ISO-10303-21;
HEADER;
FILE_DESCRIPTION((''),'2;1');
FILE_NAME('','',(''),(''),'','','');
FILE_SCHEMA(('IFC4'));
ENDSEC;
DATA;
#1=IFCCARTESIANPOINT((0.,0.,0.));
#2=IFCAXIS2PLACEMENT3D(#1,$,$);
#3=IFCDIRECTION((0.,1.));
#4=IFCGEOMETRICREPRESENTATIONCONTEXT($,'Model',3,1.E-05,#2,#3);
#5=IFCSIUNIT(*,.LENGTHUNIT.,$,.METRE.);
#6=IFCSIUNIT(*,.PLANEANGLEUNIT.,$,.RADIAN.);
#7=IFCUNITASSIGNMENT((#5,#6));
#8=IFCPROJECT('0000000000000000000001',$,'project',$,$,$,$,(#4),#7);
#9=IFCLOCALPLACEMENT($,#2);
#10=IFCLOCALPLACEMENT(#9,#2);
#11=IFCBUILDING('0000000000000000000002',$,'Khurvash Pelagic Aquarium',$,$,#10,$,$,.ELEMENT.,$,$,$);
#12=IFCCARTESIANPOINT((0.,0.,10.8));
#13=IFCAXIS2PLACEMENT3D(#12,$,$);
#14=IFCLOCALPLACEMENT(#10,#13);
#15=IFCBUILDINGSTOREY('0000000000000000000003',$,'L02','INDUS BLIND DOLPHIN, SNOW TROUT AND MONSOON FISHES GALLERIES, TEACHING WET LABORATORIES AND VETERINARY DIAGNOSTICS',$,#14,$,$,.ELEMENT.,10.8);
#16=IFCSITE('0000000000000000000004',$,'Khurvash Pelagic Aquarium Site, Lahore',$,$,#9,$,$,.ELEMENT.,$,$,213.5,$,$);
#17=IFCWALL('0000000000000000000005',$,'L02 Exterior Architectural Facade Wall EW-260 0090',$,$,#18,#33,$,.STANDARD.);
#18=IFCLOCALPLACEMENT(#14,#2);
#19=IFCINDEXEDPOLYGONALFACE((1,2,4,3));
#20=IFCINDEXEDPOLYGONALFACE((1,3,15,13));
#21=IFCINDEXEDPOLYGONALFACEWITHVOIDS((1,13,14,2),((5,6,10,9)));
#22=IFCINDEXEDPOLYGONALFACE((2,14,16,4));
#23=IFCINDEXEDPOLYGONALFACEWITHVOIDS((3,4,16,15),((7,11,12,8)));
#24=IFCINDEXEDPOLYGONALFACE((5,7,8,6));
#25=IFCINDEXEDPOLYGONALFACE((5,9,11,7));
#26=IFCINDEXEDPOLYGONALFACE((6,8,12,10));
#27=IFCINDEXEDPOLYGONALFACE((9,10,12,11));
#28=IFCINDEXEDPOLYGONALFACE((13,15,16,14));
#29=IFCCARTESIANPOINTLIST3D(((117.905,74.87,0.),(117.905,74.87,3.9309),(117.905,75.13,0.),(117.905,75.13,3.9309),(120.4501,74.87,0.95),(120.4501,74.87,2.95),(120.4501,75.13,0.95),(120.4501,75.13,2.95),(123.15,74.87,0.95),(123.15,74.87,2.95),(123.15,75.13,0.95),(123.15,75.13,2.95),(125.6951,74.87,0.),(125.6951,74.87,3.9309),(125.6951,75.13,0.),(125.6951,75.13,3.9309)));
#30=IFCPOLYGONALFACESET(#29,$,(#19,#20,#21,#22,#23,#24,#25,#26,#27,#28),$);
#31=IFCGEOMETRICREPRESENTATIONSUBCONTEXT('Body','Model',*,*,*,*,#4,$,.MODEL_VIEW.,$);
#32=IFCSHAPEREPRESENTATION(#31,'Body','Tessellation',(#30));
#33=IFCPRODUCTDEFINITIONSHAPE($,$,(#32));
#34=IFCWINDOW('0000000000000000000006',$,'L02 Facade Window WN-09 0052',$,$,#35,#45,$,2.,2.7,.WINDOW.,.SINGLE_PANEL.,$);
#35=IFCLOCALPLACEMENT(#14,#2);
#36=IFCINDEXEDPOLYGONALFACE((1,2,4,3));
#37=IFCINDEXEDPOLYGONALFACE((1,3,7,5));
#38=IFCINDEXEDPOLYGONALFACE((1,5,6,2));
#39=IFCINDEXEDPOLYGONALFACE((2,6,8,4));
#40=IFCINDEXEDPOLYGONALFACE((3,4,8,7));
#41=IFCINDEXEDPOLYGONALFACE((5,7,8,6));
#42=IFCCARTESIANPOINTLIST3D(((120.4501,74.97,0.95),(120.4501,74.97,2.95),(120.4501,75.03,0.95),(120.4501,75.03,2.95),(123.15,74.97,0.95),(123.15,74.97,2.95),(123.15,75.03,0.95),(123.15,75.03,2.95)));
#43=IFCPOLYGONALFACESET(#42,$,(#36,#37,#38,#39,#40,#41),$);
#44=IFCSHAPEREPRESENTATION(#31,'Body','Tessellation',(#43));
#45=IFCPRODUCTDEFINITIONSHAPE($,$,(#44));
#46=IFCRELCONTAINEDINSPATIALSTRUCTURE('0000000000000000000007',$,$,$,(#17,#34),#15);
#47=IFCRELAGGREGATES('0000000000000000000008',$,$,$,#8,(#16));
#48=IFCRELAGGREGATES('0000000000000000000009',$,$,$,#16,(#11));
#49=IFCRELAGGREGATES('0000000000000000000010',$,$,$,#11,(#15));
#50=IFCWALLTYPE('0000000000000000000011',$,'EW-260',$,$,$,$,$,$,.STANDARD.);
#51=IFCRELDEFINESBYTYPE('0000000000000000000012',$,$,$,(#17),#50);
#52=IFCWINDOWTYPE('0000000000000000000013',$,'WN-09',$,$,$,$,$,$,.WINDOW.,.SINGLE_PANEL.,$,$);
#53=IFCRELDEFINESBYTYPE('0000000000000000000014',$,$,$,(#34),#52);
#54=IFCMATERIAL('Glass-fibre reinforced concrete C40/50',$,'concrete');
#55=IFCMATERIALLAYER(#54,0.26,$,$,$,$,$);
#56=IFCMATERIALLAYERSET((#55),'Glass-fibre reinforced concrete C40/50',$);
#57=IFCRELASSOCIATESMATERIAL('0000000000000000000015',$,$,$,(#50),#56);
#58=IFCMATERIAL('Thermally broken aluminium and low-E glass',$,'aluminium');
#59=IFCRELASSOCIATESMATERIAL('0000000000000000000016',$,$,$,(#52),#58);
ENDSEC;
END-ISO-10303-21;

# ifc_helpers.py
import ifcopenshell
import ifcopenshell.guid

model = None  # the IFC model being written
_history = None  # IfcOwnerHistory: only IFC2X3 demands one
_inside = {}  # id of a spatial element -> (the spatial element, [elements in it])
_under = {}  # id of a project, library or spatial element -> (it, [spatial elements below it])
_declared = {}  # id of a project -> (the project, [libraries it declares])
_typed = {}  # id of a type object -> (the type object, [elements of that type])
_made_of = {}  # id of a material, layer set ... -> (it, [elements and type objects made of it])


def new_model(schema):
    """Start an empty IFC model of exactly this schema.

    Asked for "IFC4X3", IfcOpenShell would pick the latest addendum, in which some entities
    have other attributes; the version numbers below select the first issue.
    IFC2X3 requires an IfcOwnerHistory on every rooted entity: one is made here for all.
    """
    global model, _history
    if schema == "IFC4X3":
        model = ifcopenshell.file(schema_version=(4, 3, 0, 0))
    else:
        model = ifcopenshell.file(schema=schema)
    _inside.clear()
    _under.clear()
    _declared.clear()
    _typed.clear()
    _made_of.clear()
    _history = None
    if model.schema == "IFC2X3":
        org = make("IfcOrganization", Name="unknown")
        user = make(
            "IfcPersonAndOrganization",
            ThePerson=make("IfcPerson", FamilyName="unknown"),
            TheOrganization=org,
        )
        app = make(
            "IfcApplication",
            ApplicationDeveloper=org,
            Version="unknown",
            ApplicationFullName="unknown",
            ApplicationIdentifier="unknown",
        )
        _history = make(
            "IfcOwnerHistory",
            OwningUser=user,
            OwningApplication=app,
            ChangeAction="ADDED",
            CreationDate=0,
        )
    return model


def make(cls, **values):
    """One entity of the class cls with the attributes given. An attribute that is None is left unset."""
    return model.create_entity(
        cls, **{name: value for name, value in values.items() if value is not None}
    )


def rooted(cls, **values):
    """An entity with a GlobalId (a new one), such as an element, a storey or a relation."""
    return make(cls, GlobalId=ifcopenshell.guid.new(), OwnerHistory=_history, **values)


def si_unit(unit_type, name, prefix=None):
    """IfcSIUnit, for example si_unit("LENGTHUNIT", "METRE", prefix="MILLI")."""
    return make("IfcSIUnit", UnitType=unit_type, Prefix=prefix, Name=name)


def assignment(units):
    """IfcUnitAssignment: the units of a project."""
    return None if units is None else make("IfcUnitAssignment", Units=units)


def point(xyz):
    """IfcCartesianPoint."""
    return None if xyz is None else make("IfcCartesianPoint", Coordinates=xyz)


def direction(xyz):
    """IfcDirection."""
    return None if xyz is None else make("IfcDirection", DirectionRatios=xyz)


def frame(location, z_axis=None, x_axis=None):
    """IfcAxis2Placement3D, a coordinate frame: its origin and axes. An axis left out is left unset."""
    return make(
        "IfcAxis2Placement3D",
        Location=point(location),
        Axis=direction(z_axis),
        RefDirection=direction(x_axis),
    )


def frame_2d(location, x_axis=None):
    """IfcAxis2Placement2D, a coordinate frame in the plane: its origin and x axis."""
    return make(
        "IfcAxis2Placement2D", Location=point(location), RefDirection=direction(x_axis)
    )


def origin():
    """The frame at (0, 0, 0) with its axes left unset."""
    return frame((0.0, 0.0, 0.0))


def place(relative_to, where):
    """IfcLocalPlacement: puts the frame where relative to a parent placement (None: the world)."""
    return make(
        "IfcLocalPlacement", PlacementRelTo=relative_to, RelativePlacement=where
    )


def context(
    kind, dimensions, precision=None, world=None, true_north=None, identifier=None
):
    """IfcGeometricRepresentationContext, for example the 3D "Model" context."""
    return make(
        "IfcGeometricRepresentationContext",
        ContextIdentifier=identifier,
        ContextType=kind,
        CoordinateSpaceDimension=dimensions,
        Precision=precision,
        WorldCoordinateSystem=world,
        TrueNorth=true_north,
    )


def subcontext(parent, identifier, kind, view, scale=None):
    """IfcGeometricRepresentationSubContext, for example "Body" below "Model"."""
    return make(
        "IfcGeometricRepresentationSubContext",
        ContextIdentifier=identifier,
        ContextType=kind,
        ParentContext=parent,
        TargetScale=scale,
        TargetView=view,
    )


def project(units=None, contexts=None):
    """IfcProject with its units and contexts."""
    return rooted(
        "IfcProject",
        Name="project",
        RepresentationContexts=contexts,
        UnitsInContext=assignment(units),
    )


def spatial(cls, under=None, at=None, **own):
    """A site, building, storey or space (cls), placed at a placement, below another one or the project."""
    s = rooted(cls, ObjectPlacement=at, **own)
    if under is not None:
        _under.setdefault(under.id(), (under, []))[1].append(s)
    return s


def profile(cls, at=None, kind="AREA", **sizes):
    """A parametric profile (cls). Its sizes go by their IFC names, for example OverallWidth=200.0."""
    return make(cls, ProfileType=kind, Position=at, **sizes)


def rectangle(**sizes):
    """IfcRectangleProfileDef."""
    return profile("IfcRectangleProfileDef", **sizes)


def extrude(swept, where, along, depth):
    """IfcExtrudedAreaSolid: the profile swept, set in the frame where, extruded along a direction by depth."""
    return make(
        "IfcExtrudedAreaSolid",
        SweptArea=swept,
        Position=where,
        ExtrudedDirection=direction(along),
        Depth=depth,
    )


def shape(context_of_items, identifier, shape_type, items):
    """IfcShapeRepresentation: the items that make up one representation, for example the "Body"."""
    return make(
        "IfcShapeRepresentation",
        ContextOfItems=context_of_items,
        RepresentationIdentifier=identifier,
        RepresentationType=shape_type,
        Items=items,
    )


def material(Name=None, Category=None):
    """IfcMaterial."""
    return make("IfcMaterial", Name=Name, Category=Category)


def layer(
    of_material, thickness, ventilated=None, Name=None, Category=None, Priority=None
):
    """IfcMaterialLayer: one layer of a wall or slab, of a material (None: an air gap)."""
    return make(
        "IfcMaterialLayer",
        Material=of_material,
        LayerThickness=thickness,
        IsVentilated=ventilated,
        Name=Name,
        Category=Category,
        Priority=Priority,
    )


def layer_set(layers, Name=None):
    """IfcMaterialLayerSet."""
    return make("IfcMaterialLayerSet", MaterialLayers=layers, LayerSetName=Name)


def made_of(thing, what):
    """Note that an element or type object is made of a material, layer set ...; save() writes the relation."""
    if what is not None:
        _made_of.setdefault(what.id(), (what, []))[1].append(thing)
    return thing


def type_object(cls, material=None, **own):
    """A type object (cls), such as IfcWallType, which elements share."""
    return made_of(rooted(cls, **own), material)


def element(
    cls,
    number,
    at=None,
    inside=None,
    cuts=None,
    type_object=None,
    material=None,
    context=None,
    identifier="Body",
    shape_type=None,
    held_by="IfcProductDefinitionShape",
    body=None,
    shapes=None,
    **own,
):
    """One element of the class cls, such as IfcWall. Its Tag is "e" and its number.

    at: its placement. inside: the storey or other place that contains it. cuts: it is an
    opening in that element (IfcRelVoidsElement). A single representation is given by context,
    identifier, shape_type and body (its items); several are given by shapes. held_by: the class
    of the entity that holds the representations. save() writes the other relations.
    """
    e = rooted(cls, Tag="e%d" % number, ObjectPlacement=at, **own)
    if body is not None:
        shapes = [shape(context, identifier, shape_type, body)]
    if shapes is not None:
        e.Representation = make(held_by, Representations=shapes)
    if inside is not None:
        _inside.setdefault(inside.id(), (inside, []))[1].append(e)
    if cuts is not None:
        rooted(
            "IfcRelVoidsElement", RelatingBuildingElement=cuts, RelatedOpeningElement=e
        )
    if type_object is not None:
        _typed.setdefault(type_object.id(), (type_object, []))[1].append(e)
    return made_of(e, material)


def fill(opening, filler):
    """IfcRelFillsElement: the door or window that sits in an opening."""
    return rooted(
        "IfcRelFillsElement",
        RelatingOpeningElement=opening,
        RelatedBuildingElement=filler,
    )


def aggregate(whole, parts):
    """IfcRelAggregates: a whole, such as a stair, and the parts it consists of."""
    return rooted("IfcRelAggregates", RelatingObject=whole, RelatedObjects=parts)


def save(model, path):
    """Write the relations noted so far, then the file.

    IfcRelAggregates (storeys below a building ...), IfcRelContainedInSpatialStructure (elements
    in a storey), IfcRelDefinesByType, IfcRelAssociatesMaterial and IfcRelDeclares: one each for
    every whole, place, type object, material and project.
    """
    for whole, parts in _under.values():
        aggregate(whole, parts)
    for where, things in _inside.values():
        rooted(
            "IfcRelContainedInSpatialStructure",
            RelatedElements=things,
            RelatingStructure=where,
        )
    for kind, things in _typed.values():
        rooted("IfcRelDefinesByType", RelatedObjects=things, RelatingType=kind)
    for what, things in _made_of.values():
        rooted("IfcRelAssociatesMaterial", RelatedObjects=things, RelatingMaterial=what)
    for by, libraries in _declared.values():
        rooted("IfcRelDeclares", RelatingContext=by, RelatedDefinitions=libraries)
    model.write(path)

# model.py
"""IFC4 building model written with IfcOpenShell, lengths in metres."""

from ifc_helpers import new_model, si_unit, direction, frame, frame_2d, origin, place, context, subcontext, project, spatial, rectangle, extrude, material, layer, layer_set, type_object, element, fill, save


model = new_model("IFC4")

# Units and contexts
model_context = context("Model", 3, precision=1e-05, world=origin(), true_north=direction((0.0, 1.0)))
body_context = subcontext(model_context, "Body", "Model", "MODEL_VIEW")
ifc_project = project(units=[si_unit("LENGTHUNIT", "METRE"), si_unit("PLANEANGLEUNIT", "RADIAN")], contexts=[model_context])

# Site, building, storey
site_placement = place(None, origin())
site = spatial("IfcSite", under=ifc_project, at=site_placement, Name="Khurvash Pelagic Aquarium Site, Lahore", CompositionType="ELEMENT", RefElevation=213.5)
building_placement = place(site_placement, origin())
building = spatial("IfcBuilding", under=site, at=building_placement, Name="Khurvash Pelagic Aquarium", CompositionType="ELEMENT")
storey_placement = place(building_placement, frame((0.0, 0.0, 10.8)))
storey = spatial("IfcBuildingStorey", under=building, at=storey_placement, Name="L02", Description="INDUS BLIND DOLPHIN, SNOW TROUT AND MONSOON FISHES GALLERIES, TEACHING WET LABORATORIES AND VETERINARY DIAGNOSTICS", CompositionType="ELEMENT", Elevation=10.8)

# Wall, opening, window
ifc_material_1 = material(Name="Glass-fibre reinforced concrete C40/50", Category="concrete")
ifc_layer_1 = layer(ifc_material_1, 0.26)
ifc_layer_set_1 = layer_set([ifc_layer_1], Name="Glass-fibre reinforced concrete C40/50")
wall_type = type_object("IfcWallType", Name="EW-260", PredefinedType="STANDARD", material=ifc_layer_set_1)
wall_placement = place(storey_placement, frame((117.905, 75.0, 0.0), z_axis=(0.0, 0.0, 1.0), x_axis=(1.0, 0.0, 0.0)))
wall = element("IfcWall", 1, at=wall_placement, inside=storey, type_object=wall_type, Name="L02 Exterior Architectural Facade Wall EW-260 0090", PredefinedType="STANDARD", context=body_context, shape_type="SweptSolid", body=[
    extrude(rectangle(XDim=7.79, YDim=0.26, at=frame_2d((3.895, 0.0))), origin(), (0.0, 0.0, 1.0), 3.9309),
])
opening_placement = place(wall_placement, frame((2.5449, 0.0, 0.95)))
opening = element("IfcOpeningElement", 2, at=opening_placement, cuts=wall, PredefinedType="OPENING", context=body_context, shape_type="SweptSolid", body=[
    extrude(rectangle(XDim=2.7, YDim=2.0, at=frame_2d((1.3501, 1.0))), frame((0.0, 0.1401, 0.0), z_axis=(0.0, -1.0, 0.0), x_axis=(1.0, 0.0, 0.0)), (0.0, 0.0, 1.0), 0.28),
])
ifc_material_2 = material(Name="Thermally broken aluminium and low-E glass", Category="aluminium")
window_type = type_object("IfcWindowType", Name="WN-09", PartitioningType="SINGLE_PANEL", PredefinedType="WINDOW", material=ifc_material_2)
window_placement = place(opening_placement, origin())
window = element("IfcWindow", 3, at=window_placement, inside=storey, type_object=window_type, Name="L02 Facade Window WN-09 0052", OverallHeight=2.0, OverallWidth=2.7, PartitioningType="SINGLE_PANEL", PredefinedType="WINDOW", context=body_context, shape_type="SweptSolid", body=[
    extrude(rectangle(XDim=2.7, YDim=2.0, at=frame_2d((1.3501, 1.0))), frame((0.0, 0.03, 0.0), z_axis=(0.0, -1.0, 0.0), x_axis=(1.0, 0.0, 0.0)), (0.0, 0.0, 1.0), 0.0601),
])
fill(opening, window)

save(model, "model.ifc")
